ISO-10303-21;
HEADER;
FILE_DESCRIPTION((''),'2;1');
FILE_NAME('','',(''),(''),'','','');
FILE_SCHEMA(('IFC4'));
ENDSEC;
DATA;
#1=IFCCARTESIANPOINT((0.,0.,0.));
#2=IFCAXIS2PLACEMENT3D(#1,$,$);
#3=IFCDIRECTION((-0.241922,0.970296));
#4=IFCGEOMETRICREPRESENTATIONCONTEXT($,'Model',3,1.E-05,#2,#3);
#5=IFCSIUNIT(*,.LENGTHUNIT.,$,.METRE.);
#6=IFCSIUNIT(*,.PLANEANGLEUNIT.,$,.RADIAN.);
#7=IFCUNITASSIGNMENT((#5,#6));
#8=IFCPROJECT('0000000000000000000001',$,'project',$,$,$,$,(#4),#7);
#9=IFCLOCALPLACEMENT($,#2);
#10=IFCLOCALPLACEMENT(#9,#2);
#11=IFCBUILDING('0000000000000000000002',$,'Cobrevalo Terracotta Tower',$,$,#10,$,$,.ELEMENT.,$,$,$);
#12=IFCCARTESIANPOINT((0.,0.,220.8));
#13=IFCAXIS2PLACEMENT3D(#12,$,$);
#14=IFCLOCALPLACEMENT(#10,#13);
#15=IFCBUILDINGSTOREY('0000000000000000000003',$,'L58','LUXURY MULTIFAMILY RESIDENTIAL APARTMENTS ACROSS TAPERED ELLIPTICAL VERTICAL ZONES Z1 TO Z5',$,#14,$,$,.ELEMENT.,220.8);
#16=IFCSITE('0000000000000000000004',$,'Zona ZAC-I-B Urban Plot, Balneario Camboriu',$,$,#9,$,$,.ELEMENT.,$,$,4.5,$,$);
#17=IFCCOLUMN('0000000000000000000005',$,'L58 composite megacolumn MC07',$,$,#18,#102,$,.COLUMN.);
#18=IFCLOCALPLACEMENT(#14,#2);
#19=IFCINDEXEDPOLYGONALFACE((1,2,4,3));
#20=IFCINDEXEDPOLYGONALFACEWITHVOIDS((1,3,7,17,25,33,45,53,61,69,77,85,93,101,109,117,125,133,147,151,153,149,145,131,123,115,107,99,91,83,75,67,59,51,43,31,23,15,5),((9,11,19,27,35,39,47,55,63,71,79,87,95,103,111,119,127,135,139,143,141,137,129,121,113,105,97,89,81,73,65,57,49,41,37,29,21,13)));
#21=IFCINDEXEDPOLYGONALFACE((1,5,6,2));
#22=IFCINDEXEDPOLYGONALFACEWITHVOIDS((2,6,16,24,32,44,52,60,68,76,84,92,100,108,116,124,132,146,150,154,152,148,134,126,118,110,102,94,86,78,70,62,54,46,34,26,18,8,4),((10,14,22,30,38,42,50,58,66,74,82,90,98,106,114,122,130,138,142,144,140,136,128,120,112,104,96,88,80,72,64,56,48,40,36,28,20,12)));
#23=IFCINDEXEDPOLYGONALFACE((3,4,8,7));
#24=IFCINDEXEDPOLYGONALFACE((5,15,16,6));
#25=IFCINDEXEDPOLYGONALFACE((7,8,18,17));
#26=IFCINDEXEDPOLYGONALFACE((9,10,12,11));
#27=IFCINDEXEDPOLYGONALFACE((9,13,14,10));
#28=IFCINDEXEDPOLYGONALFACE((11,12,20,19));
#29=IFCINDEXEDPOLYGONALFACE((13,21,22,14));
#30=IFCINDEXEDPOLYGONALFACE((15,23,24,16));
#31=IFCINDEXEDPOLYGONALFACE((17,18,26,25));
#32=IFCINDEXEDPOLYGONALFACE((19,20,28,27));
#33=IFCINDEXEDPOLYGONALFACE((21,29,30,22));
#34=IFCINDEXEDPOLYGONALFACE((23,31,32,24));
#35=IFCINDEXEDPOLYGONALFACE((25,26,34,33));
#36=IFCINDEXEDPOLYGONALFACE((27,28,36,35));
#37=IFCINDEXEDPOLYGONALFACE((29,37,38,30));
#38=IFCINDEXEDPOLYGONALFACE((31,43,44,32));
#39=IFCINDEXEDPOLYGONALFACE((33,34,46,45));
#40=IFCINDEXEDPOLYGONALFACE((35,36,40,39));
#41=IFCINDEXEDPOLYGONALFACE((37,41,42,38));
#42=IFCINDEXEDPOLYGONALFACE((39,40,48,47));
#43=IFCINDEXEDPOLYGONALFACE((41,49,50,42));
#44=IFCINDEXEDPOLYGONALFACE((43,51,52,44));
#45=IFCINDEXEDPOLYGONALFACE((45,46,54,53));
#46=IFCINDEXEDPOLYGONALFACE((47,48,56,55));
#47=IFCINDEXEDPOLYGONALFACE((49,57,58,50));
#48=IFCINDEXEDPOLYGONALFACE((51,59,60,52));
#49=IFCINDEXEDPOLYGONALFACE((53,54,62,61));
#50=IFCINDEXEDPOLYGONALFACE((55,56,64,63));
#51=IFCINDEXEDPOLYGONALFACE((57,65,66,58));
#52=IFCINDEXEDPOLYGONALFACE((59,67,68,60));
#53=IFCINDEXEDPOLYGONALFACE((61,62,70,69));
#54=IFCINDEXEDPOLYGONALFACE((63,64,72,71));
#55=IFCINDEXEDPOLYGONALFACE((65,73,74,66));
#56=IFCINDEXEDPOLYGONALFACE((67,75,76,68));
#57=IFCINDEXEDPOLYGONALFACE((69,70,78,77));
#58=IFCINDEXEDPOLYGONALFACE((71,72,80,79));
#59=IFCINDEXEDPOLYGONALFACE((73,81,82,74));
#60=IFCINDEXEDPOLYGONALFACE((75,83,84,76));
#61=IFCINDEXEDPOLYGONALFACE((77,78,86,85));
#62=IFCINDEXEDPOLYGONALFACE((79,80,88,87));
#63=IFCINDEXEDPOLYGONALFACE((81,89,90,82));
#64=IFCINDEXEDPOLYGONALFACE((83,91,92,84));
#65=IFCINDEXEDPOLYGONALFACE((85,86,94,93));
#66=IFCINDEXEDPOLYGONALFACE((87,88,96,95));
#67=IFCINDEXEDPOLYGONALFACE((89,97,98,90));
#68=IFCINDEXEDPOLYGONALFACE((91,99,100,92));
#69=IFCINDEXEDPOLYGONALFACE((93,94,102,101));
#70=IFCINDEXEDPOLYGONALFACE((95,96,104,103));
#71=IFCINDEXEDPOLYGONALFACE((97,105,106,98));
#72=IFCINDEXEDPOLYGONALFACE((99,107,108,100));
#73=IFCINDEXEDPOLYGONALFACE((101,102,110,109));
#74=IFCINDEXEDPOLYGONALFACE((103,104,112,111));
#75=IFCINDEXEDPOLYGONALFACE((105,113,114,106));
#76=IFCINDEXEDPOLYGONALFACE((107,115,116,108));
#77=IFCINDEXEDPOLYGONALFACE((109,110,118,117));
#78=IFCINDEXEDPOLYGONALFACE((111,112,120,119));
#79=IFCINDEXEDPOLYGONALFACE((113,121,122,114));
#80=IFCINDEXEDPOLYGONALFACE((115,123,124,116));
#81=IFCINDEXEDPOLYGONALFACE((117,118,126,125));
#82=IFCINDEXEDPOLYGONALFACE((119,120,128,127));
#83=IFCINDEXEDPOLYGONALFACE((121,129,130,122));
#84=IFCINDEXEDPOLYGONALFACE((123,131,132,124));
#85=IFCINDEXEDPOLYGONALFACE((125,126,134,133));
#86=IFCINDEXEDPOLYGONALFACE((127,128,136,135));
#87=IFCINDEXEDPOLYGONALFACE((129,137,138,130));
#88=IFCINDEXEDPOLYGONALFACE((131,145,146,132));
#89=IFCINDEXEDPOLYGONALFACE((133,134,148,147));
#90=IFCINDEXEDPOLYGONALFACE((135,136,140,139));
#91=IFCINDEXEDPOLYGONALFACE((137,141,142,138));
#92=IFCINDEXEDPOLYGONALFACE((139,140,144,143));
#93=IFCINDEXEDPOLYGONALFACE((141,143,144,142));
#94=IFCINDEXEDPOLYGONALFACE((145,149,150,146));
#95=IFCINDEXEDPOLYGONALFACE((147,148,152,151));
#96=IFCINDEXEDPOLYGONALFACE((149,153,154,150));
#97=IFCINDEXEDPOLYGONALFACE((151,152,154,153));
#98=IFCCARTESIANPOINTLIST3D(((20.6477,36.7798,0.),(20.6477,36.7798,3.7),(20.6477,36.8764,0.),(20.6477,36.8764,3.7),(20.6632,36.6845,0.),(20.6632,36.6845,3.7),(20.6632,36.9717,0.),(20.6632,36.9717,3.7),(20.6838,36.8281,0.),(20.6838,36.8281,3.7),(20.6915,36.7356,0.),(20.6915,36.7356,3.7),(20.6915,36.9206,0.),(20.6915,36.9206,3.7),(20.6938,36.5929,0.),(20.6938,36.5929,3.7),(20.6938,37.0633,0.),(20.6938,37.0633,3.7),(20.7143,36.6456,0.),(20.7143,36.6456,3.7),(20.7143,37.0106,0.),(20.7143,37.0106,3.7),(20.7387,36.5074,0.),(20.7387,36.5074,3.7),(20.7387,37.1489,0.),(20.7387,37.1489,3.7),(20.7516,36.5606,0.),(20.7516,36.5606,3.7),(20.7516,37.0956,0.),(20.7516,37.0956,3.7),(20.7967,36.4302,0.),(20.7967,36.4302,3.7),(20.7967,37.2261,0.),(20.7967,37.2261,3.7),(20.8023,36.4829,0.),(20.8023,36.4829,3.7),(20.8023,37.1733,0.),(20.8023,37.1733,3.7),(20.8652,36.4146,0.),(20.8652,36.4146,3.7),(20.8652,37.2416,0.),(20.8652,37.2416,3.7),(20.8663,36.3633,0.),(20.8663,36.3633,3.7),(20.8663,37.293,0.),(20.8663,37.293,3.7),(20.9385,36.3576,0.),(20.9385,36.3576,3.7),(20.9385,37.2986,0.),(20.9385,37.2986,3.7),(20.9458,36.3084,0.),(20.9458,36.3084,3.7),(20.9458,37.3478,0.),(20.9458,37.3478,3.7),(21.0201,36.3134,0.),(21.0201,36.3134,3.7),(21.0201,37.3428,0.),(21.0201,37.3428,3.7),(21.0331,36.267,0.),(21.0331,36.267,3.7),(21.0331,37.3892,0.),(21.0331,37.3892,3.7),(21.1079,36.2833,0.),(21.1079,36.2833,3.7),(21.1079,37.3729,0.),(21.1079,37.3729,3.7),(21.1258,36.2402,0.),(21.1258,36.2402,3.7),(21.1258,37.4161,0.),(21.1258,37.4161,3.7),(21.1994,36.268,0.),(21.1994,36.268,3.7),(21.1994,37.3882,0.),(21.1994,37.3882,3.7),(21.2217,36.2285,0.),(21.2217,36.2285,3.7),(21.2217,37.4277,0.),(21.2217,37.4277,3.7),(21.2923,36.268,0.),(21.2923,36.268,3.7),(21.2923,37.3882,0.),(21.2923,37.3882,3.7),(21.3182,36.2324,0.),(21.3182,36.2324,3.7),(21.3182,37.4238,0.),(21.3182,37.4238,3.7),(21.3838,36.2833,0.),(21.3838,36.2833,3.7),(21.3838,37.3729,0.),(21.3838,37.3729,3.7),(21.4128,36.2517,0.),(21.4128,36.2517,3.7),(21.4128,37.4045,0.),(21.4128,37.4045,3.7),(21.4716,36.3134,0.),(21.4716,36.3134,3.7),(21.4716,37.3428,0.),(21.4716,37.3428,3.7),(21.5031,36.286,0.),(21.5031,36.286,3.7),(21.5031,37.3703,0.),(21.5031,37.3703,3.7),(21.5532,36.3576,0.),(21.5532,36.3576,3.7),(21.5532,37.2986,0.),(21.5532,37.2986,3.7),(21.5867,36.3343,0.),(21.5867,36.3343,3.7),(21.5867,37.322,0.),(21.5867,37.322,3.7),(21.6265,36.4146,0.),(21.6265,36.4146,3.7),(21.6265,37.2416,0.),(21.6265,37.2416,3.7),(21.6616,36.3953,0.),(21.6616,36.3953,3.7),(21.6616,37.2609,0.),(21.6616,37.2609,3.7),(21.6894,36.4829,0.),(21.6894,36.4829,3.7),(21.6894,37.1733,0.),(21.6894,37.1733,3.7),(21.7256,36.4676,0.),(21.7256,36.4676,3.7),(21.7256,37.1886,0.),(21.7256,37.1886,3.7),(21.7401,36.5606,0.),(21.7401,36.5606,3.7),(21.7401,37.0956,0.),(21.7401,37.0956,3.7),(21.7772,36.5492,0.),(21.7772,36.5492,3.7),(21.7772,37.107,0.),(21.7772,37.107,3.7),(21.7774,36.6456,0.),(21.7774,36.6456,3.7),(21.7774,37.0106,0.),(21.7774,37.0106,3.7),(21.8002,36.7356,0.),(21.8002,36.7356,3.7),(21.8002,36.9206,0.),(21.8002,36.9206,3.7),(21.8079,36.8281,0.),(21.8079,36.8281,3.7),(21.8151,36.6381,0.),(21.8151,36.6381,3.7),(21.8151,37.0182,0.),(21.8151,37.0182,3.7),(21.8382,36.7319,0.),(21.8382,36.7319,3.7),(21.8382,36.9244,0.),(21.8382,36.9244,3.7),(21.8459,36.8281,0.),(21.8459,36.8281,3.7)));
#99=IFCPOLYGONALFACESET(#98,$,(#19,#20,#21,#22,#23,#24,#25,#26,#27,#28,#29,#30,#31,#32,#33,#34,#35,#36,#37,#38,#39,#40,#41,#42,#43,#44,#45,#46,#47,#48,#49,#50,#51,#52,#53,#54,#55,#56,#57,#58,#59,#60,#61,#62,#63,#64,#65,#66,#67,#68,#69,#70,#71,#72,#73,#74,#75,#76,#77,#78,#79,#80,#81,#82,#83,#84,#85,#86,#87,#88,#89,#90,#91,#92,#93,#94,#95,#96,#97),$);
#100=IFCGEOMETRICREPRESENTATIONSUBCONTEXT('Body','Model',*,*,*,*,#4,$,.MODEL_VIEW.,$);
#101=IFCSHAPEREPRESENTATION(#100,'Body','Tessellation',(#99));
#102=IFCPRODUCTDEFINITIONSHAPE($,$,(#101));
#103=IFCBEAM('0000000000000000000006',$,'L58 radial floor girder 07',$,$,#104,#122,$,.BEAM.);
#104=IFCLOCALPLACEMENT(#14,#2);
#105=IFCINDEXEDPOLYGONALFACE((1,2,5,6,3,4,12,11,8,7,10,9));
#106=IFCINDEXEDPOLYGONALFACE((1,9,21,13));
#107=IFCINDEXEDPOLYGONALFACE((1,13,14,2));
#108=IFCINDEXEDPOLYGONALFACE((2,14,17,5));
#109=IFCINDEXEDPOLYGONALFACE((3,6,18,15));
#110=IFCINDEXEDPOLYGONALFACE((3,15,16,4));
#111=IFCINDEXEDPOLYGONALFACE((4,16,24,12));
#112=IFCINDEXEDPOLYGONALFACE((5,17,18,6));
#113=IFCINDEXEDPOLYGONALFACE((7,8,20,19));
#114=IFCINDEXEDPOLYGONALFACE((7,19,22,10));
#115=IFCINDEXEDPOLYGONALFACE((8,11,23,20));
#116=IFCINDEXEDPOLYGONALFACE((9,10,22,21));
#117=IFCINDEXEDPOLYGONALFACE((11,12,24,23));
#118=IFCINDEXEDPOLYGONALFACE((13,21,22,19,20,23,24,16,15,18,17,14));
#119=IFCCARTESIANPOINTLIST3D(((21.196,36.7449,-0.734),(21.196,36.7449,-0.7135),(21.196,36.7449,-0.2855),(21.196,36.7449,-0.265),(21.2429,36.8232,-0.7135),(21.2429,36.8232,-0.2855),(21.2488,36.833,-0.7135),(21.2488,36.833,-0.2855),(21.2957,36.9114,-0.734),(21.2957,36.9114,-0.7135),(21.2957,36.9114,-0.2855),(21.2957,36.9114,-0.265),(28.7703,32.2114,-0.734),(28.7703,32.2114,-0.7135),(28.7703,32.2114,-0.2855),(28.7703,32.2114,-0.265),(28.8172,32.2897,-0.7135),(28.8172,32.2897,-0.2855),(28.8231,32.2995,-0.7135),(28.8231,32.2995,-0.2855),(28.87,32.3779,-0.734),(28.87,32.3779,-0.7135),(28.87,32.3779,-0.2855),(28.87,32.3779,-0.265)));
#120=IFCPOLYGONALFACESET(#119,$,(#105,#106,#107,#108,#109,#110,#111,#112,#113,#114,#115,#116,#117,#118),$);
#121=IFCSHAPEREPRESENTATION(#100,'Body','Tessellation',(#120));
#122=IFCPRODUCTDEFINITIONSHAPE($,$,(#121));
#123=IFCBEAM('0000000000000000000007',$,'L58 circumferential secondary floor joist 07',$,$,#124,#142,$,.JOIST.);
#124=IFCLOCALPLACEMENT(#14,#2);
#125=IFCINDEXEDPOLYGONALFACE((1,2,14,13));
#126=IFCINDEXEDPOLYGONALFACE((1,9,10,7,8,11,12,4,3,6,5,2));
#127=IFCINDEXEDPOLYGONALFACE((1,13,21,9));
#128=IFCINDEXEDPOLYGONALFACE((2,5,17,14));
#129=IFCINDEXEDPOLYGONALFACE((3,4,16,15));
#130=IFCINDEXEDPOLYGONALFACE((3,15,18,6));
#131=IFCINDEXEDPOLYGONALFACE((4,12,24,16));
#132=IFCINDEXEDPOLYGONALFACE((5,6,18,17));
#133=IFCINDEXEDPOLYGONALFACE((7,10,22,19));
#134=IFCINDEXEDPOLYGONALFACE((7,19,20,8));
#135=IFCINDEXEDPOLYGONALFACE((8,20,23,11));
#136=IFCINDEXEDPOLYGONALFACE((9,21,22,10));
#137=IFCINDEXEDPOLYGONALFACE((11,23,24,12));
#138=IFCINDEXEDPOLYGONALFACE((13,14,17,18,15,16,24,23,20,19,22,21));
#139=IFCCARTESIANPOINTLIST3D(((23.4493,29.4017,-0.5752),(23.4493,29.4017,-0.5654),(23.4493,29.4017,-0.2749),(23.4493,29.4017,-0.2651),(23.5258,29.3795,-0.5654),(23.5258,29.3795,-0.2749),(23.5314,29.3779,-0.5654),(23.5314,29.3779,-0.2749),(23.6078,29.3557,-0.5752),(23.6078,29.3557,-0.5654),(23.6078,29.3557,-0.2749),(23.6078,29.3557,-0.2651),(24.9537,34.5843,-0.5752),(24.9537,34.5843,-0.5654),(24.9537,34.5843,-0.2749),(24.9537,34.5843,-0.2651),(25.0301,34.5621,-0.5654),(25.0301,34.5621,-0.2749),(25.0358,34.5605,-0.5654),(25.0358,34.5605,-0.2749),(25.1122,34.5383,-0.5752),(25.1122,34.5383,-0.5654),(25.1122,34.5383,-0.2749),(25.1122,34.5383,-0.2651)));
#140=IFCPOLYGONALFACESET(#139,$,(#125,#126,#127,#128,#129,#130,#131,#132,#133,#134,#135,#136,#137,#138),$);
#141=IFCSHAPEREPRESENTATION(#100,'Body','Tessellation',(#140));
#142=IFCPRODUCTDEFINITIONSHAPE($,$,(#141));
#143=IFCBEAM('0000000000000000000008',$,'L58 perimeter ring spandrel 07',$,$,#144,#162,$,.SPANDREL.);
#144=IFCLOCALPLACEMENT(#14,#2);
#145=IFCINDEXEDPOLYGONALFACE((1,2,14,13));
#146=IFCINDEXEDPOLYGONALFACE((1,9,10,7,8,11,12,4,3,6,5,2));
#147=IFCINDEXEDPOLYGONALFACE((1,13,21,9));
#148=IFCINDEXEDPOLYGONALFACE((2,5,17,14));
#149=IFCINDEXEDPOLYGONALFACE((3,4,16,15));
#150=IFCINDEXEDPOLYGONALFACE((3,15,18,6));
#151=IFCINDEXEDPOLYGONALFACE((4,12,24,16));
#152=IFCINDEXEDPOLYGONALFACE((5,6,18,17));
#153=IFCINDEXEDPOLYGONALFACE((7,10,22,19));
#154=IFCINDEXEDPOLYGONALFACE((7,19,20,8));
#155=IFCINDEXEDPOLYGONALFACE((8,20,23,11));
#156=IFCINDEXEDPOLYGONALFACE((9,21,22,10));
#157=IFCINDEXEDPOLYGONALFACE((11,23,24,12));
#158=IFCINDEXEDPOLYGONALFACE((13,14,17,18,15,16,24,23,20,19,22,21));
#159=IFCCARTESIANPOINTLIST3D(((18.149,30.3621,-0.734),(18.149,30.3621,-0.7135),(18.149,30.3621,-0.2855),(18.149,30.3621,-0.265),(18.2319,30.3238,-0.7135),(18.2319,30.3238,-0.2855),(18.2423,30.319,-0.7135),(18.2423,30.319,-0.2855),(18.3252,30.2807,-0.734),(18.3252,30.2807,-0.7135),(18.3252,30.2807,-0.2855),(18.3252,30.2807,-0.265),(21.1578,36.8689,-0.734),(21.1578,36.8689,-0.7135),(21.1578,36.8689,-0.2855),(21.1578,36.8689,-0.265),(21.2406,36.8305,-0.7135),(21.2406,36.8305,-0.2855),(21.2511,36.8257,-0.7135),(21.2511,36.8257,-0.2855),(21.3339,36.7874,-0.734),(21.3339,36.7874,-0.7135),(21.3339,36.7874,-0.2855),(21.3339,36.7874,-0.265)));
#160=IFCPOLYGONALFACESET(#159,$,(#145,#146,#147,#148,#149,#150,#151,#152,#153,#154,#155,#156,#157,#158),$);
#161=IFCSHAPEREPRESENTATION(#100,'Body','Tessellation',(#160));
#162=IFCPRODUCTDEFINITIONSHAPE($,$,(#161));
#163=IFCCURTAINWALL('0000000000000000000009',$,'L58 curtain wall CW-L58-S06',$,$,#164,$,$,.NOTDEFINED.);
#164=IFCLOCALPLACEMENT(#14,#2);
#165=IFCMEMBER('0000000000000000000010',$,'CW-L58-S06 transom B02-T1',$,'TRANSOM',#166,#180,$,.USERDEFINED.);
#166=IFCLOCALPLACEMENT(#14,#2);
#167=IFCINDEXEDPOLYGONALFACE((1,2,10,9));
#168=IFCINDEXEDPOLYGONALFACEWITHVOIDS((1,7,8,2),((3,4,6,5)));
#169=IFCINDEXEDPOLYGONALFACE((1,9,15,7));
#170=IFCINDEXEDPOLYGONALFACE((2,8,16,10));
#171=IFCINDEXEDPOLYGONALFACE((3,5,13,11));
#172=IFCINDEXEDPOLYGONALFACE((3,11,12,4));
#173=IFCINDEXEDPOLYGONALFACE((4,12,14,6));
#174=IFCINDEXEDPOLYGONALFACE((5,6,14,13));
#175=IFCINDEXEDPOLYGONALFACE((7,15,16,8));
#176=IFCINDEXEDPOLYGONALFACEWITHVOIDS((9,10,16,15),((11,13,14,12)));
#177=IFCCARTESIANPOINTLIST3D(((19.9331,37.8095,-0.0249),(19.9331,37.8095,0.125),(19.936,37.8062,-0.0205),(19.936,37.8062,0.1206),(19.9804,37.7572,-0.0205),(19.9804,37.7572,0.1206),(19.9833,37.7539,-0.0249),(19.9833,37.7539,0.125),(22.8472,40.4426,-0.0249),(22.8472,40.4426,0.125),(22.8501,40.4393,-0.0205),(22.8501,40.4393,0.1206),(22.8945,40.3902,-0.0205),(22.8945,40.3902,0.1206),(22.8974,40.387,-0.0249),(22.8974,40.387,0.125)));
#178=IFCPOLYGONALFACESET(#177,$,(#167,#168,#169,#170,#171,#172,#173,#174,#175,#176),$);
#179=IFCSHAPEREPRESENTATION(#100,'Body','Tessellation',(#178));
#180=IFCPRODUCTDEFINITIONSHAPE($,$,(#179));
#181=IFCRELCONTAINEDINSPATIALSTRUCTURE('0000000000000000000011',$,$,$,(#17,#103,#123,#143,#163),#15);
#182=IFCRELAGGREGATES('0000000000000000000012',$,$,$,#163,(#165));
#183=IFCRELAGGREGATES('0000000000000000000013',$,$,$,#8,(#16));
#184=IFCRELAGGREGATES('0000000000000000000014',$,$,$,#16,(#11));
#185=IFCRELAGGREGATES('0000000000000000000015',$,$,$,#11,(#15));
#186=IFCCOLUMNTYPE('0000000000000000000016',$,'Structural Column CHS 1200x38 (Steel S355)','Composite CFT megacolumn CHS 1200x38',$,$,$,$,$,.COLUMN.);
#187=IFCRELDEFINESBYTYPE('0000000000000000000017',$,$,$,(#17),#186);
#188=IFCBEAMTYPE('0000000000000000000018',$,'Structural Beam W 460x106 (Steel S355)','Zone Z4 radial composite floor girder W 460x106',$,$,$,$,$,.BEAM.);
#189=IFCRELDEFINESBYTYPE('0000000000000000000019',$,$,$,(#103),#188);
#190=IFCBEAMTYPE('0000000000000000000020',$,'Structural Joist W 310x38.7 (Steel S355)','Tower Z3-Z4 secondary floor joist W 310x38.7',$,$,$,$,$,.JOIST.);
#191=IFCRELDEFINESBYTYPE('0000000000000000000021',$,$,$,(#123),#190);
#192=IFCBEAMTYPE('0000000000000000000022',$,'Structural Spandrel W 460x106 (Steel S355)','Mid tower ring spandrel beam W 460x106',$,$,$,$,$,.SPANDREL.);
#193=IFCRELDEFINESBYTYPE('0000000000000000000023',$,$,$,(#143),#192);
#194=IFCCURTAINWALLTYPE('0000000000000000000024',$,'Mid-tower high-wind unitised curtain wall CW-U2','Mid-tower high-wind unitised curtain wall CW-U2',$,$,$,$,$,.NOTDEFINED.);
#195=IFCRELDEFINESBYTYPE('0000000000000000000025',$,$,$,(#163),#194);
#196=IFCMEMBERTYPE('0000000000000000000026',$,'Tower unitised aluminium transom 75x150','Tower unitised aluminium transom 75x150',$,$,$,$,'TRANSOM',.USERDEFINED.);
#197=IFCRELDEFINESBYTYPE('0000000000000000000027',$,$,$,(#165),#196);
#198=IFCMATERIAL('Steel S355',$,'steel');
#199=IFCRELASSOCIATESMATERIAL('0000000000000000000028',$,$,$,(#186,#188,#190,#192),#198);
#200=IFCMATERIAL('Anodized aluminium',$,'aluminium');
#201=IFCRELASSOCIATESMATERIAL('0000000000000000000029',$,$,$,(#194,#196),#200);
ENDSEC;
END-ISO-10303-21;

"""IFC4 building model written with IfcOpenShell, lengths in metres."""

from ifc_helpers import new_model, si_unit, direction, frame, origin, origin_2d, place, context, subcontext, project, spatial, hollow_rectangle, hollow_circle, i_section, extrude, source, transform, mapped, material, material_profile, profile_set, type_object, element, aggregate, save


model = new_model("IFC4")

# Units and contexts
model_context = context("Model", 3, precision=1e-05, world=origin(), true_north=direction((-0.241922, 0.970296)))
body_context = subcontext(model_context, "Body", "Model", "MODEL_VIEW")
ifc_project = project(units=[si_unit("LENGTHUNIT", "METRE"), si_unit("PLANEANGLEUNIT", "RADIAN")], contexts=[model_context])

# Site, building, storey
site_placement = place(None, origin())
site = spatial("IfcSite", under=ifc_project, at=site_placement, Name="Zona ZAC-I-B Urban Plot, Balneario Camboriu", CompositionType="ELEMENT", RefElevation=4.5)
building_placement = place(site_placement, origin())
building = spatial("IfcBuilding", under=site, at=building_placement, Name="Cobrevalo Terracotta Tower", CompositionType="ELEMENT")
storey_placement = place(building_placement, frame((0.0, 0.0, 220.8)))
storey = spatial("IfcBuildingStorey", under=building, at=storey_placement, Name="L58", Description="LUXURY MULTIFAMILY RESIDENTIAL APARTMENTS ACROSS TAPERED ELLIPTICAL VERTICAL ZONES Z1 TO Z5", CompositionType="ELEMENT", Elevation=220.8)

# Column
ifc_material_1 = material(Name="Steel S355", Category="steel")
ifc_material_profile_1 = material_profile(ifc_material_1, hollow_circle(Radius=0.6001, WallThickness=0.0381, at=origin_2d()), Name="CHS 1200x38")
ifc_profile_set_1 = profile_set([ifc_material_profile_1], Name="Steel S355")
column_type = type_object("IfcColumnType", Name="Structural Column CHS 1200x38 (Steel S355)", Description="Composite CFT megacolumn CHS 1200x38", PredefinedType="COLUMN", material=ifc_profile_set_1)
column_placement = place(storey_placement, frame((21.2458, 36.8281, 0.0), z_axis=(0.0, 0.0, 1.0), x_axis=(1.0, 0.0, 0.0)))
element("IfcColumn", 1, at=column_placement, inside=storey, type_object=column_type, Name="L58 composite megacolumn MC07", PredefinedType="COLUMN", context=body_context, shape_type="SweptSolid", body=[
    extrude(hollow_circle(Radius=0.6001, WallThickness=0.0381, at=origin_2d()), origin(), (0.0, 0.0, 1.0), 3.7),
])

# Beams
ifc_material_profile_2 = material_profile(ifc_material_1, i_section(OverallWidth=0.1941, OverallDepth=0.469, WebThickness=0.0115, FlangeThickness=0.0205, at=origin_2d()), Name="W 460x106")
ifc_profile_set_2 = profile_set([ifc_material_profile_2], Name="Steel S355")
beam_type_1 = type_object("IfcBeamType", Name="Structural Beam W 460x106 (Steel S355)", Description="Zone Z4 radial composite floor girder W 460x106", PredefinedType="BEAM", material=ifc_profile_set_2)
beam_1_placement = place(storey_placement, frame((21.2458, 36.8281, -0.4995), z_axis=(0.858046, -0.513572, 0.0), x_axis=(0.513572, 0.858046, 0.0)))
element("IfcBeam", 2, at=beam_1_placement, inside=storey, type_object=beam_type_1, Name="L58 radial floor girder 07", PredefinedType="BEAM", context=body_context, shape_type="SweptSolid", body=[
    extrude(i_section(OverallWidth=0.1941, OverallDepth=0.469, WebThickness=0.0115, FlangeThickness=0.0205, at=origin_2d()), origin(), (0.0, 0.0, 1.0), 8.8274),
])
ifc_material_profile_3 = material_profile(ifc_material_1, i_section(OverallWidth=0.165, OverallDepth=0.3101, WebThickness=0.0059, FlangeThickness=0.0098, at=origin_2d()), Name="W 310x38.7")
ifc_profile_set_3 = profile_set([ifc_material_profile_3], Name="Steel S355")
beam_type_2 = type_object("IfcBeamType", Name="Structural Joist W 310x38.7 (Steel S355)", Description="Tower Z3-Z4 secondary floor joist W 310x38.7", PredefinedType="JOIST", material=ifc_profile_set_3)
beam_2_placement = place(storey_placement, frame((25.033, 34.5613, -0.4202), z_axis=(-0.27877, -0.960358, 0.0), x_axis=(0.960358, -0.27877, 0.0)))
element("IfcBeam", 3, at=beam_2_placement, inside=storey, type_object=beam_type_2, Name="L58 circumferential secondary floor joist 07", PredefinedType="JOIST", context=body_context, shape_type="SweptSolid", body=[
    extrude(i_section(OverallWidth=0.165, OverallDepth=0.3101, WebThickness=0.0059, FlangeThickness=0.0098, at=origin_2d()), origin(), (0.0, 0.0, 1.0), 5.3965),
])
ifc_material_profile_4 = material_profile(ifc_material_1, i_section(OverallWidth=0.1941, OverallDepth=0.469, WebThickness=0.0115, FlangeThickness=0.0205, at=origin_2d()), Name="W 460x106")
ifc_profile_set_4 = profile_set([ifc_material_profile_4], Name="Steel S355")
beam_type_3 = type_object("IfcBeamType", Name="Structural Spandrel W 460x106 (Steel S355)", Description="Mid tower ring spandrel beam W 460x106", PredefinedType="SPANDREL", material=ifc_profile_set_4)
beam_3_placement = place(storey_placement, frame((21.2458, 36.8281, -0.4995), z_axis=(-0.419706, -0.90766, 0.0), x_axis=(0.90766, -0.419706, 0.0)))
element("IfcBeam", 4, at=beam_3_placement, inside=storey, type_object=beam_type_3, Name="L58 perimeter ring spandrel 07", PredefinedType="SPANDREL", context=body_context, shape_type="SweptSolid", body=[
    extrude(i_section(OverallWidth=0.1941, OverallDepth=0.469, WebThickness=0.0115, FlangeThickness=0.0205, at=origin_2d()), origin(), (0.0, 0.0, 1.0), 7.1687),
])

# Curtain wall, member
ifc_material_2 = material(Name="Anodized aluminium", Category="aluminium")
curtain_wall_type = type_object("IfcCurtainWallType", Name="Mid-tower high-wind unitised curtain wall CW-U2", Description="Mid-tower high-wind unitised curtain wall CW-U2", PredefinedType="NOTDEFINED", material=ifc_material_2)
curtain_wall_1_placement = place(storey_placement, origin())
curtain_wall_1 = element("IfcCurtainWall", 5, at=curtain_wall_1_placement, inside=storey, type_object=curtain_wall_type, Name="L58 curtain wall CW-L58-S06", PredefinedType="NOTDEFINED")
ifc_material_profile_5 = material_profile(ifc_material_2, hollow_rectangle(XDim=0.075, YDim=0.1499, WallThickness=0.0044, at=origin_2d()), Name="CWT 75x150")
ifc_profile_set_5 = profile_set([ifc_material_profile_5], Name="Anodized aluminium")
member_type_1 = type_object("IfcMemberType", Name="Tower unitised aluminium transom 75x150", Description="Tower unitised aluminium transom 75x150", ElementType="TRANSOM", PredefinedType="USERDEFINED", material=ifc_profile_set_5)
shared_shape_1 = source(origin(), body_context, "Body", "SweptSolid", [
    extrude(hollow_rectangle(XDim=0.075, YDim=0.1499, WallThickness=0.0044, at=origin_2d()), origin(), (0.0, 0.0, 1.0), 3.9275),
])
member_1_placement = place(storey_placement, frame((22.8723, 40.4148, 0.05), z_axis=(-0.741976, -0.670426, 0.0), x_axis=(0.670426, -0.741976, 0.0)))
member_1 = element("IfcMember", 6, at=member_1_placement, type_object=member_type_1, Name="CW-L58-S06 transom B02-T1", ObjectType="TRANSOM", PredefinedType="USERDEFINED", context=body_context, shape_type="MappedRepresentation", body=[
    mapped(shared_shape_1, transform((0.0, 0.0, 0.0), scale=1.0)),
])

aggregate(curtain_wall_1, [member_1])

save(model, "model.ifc")
